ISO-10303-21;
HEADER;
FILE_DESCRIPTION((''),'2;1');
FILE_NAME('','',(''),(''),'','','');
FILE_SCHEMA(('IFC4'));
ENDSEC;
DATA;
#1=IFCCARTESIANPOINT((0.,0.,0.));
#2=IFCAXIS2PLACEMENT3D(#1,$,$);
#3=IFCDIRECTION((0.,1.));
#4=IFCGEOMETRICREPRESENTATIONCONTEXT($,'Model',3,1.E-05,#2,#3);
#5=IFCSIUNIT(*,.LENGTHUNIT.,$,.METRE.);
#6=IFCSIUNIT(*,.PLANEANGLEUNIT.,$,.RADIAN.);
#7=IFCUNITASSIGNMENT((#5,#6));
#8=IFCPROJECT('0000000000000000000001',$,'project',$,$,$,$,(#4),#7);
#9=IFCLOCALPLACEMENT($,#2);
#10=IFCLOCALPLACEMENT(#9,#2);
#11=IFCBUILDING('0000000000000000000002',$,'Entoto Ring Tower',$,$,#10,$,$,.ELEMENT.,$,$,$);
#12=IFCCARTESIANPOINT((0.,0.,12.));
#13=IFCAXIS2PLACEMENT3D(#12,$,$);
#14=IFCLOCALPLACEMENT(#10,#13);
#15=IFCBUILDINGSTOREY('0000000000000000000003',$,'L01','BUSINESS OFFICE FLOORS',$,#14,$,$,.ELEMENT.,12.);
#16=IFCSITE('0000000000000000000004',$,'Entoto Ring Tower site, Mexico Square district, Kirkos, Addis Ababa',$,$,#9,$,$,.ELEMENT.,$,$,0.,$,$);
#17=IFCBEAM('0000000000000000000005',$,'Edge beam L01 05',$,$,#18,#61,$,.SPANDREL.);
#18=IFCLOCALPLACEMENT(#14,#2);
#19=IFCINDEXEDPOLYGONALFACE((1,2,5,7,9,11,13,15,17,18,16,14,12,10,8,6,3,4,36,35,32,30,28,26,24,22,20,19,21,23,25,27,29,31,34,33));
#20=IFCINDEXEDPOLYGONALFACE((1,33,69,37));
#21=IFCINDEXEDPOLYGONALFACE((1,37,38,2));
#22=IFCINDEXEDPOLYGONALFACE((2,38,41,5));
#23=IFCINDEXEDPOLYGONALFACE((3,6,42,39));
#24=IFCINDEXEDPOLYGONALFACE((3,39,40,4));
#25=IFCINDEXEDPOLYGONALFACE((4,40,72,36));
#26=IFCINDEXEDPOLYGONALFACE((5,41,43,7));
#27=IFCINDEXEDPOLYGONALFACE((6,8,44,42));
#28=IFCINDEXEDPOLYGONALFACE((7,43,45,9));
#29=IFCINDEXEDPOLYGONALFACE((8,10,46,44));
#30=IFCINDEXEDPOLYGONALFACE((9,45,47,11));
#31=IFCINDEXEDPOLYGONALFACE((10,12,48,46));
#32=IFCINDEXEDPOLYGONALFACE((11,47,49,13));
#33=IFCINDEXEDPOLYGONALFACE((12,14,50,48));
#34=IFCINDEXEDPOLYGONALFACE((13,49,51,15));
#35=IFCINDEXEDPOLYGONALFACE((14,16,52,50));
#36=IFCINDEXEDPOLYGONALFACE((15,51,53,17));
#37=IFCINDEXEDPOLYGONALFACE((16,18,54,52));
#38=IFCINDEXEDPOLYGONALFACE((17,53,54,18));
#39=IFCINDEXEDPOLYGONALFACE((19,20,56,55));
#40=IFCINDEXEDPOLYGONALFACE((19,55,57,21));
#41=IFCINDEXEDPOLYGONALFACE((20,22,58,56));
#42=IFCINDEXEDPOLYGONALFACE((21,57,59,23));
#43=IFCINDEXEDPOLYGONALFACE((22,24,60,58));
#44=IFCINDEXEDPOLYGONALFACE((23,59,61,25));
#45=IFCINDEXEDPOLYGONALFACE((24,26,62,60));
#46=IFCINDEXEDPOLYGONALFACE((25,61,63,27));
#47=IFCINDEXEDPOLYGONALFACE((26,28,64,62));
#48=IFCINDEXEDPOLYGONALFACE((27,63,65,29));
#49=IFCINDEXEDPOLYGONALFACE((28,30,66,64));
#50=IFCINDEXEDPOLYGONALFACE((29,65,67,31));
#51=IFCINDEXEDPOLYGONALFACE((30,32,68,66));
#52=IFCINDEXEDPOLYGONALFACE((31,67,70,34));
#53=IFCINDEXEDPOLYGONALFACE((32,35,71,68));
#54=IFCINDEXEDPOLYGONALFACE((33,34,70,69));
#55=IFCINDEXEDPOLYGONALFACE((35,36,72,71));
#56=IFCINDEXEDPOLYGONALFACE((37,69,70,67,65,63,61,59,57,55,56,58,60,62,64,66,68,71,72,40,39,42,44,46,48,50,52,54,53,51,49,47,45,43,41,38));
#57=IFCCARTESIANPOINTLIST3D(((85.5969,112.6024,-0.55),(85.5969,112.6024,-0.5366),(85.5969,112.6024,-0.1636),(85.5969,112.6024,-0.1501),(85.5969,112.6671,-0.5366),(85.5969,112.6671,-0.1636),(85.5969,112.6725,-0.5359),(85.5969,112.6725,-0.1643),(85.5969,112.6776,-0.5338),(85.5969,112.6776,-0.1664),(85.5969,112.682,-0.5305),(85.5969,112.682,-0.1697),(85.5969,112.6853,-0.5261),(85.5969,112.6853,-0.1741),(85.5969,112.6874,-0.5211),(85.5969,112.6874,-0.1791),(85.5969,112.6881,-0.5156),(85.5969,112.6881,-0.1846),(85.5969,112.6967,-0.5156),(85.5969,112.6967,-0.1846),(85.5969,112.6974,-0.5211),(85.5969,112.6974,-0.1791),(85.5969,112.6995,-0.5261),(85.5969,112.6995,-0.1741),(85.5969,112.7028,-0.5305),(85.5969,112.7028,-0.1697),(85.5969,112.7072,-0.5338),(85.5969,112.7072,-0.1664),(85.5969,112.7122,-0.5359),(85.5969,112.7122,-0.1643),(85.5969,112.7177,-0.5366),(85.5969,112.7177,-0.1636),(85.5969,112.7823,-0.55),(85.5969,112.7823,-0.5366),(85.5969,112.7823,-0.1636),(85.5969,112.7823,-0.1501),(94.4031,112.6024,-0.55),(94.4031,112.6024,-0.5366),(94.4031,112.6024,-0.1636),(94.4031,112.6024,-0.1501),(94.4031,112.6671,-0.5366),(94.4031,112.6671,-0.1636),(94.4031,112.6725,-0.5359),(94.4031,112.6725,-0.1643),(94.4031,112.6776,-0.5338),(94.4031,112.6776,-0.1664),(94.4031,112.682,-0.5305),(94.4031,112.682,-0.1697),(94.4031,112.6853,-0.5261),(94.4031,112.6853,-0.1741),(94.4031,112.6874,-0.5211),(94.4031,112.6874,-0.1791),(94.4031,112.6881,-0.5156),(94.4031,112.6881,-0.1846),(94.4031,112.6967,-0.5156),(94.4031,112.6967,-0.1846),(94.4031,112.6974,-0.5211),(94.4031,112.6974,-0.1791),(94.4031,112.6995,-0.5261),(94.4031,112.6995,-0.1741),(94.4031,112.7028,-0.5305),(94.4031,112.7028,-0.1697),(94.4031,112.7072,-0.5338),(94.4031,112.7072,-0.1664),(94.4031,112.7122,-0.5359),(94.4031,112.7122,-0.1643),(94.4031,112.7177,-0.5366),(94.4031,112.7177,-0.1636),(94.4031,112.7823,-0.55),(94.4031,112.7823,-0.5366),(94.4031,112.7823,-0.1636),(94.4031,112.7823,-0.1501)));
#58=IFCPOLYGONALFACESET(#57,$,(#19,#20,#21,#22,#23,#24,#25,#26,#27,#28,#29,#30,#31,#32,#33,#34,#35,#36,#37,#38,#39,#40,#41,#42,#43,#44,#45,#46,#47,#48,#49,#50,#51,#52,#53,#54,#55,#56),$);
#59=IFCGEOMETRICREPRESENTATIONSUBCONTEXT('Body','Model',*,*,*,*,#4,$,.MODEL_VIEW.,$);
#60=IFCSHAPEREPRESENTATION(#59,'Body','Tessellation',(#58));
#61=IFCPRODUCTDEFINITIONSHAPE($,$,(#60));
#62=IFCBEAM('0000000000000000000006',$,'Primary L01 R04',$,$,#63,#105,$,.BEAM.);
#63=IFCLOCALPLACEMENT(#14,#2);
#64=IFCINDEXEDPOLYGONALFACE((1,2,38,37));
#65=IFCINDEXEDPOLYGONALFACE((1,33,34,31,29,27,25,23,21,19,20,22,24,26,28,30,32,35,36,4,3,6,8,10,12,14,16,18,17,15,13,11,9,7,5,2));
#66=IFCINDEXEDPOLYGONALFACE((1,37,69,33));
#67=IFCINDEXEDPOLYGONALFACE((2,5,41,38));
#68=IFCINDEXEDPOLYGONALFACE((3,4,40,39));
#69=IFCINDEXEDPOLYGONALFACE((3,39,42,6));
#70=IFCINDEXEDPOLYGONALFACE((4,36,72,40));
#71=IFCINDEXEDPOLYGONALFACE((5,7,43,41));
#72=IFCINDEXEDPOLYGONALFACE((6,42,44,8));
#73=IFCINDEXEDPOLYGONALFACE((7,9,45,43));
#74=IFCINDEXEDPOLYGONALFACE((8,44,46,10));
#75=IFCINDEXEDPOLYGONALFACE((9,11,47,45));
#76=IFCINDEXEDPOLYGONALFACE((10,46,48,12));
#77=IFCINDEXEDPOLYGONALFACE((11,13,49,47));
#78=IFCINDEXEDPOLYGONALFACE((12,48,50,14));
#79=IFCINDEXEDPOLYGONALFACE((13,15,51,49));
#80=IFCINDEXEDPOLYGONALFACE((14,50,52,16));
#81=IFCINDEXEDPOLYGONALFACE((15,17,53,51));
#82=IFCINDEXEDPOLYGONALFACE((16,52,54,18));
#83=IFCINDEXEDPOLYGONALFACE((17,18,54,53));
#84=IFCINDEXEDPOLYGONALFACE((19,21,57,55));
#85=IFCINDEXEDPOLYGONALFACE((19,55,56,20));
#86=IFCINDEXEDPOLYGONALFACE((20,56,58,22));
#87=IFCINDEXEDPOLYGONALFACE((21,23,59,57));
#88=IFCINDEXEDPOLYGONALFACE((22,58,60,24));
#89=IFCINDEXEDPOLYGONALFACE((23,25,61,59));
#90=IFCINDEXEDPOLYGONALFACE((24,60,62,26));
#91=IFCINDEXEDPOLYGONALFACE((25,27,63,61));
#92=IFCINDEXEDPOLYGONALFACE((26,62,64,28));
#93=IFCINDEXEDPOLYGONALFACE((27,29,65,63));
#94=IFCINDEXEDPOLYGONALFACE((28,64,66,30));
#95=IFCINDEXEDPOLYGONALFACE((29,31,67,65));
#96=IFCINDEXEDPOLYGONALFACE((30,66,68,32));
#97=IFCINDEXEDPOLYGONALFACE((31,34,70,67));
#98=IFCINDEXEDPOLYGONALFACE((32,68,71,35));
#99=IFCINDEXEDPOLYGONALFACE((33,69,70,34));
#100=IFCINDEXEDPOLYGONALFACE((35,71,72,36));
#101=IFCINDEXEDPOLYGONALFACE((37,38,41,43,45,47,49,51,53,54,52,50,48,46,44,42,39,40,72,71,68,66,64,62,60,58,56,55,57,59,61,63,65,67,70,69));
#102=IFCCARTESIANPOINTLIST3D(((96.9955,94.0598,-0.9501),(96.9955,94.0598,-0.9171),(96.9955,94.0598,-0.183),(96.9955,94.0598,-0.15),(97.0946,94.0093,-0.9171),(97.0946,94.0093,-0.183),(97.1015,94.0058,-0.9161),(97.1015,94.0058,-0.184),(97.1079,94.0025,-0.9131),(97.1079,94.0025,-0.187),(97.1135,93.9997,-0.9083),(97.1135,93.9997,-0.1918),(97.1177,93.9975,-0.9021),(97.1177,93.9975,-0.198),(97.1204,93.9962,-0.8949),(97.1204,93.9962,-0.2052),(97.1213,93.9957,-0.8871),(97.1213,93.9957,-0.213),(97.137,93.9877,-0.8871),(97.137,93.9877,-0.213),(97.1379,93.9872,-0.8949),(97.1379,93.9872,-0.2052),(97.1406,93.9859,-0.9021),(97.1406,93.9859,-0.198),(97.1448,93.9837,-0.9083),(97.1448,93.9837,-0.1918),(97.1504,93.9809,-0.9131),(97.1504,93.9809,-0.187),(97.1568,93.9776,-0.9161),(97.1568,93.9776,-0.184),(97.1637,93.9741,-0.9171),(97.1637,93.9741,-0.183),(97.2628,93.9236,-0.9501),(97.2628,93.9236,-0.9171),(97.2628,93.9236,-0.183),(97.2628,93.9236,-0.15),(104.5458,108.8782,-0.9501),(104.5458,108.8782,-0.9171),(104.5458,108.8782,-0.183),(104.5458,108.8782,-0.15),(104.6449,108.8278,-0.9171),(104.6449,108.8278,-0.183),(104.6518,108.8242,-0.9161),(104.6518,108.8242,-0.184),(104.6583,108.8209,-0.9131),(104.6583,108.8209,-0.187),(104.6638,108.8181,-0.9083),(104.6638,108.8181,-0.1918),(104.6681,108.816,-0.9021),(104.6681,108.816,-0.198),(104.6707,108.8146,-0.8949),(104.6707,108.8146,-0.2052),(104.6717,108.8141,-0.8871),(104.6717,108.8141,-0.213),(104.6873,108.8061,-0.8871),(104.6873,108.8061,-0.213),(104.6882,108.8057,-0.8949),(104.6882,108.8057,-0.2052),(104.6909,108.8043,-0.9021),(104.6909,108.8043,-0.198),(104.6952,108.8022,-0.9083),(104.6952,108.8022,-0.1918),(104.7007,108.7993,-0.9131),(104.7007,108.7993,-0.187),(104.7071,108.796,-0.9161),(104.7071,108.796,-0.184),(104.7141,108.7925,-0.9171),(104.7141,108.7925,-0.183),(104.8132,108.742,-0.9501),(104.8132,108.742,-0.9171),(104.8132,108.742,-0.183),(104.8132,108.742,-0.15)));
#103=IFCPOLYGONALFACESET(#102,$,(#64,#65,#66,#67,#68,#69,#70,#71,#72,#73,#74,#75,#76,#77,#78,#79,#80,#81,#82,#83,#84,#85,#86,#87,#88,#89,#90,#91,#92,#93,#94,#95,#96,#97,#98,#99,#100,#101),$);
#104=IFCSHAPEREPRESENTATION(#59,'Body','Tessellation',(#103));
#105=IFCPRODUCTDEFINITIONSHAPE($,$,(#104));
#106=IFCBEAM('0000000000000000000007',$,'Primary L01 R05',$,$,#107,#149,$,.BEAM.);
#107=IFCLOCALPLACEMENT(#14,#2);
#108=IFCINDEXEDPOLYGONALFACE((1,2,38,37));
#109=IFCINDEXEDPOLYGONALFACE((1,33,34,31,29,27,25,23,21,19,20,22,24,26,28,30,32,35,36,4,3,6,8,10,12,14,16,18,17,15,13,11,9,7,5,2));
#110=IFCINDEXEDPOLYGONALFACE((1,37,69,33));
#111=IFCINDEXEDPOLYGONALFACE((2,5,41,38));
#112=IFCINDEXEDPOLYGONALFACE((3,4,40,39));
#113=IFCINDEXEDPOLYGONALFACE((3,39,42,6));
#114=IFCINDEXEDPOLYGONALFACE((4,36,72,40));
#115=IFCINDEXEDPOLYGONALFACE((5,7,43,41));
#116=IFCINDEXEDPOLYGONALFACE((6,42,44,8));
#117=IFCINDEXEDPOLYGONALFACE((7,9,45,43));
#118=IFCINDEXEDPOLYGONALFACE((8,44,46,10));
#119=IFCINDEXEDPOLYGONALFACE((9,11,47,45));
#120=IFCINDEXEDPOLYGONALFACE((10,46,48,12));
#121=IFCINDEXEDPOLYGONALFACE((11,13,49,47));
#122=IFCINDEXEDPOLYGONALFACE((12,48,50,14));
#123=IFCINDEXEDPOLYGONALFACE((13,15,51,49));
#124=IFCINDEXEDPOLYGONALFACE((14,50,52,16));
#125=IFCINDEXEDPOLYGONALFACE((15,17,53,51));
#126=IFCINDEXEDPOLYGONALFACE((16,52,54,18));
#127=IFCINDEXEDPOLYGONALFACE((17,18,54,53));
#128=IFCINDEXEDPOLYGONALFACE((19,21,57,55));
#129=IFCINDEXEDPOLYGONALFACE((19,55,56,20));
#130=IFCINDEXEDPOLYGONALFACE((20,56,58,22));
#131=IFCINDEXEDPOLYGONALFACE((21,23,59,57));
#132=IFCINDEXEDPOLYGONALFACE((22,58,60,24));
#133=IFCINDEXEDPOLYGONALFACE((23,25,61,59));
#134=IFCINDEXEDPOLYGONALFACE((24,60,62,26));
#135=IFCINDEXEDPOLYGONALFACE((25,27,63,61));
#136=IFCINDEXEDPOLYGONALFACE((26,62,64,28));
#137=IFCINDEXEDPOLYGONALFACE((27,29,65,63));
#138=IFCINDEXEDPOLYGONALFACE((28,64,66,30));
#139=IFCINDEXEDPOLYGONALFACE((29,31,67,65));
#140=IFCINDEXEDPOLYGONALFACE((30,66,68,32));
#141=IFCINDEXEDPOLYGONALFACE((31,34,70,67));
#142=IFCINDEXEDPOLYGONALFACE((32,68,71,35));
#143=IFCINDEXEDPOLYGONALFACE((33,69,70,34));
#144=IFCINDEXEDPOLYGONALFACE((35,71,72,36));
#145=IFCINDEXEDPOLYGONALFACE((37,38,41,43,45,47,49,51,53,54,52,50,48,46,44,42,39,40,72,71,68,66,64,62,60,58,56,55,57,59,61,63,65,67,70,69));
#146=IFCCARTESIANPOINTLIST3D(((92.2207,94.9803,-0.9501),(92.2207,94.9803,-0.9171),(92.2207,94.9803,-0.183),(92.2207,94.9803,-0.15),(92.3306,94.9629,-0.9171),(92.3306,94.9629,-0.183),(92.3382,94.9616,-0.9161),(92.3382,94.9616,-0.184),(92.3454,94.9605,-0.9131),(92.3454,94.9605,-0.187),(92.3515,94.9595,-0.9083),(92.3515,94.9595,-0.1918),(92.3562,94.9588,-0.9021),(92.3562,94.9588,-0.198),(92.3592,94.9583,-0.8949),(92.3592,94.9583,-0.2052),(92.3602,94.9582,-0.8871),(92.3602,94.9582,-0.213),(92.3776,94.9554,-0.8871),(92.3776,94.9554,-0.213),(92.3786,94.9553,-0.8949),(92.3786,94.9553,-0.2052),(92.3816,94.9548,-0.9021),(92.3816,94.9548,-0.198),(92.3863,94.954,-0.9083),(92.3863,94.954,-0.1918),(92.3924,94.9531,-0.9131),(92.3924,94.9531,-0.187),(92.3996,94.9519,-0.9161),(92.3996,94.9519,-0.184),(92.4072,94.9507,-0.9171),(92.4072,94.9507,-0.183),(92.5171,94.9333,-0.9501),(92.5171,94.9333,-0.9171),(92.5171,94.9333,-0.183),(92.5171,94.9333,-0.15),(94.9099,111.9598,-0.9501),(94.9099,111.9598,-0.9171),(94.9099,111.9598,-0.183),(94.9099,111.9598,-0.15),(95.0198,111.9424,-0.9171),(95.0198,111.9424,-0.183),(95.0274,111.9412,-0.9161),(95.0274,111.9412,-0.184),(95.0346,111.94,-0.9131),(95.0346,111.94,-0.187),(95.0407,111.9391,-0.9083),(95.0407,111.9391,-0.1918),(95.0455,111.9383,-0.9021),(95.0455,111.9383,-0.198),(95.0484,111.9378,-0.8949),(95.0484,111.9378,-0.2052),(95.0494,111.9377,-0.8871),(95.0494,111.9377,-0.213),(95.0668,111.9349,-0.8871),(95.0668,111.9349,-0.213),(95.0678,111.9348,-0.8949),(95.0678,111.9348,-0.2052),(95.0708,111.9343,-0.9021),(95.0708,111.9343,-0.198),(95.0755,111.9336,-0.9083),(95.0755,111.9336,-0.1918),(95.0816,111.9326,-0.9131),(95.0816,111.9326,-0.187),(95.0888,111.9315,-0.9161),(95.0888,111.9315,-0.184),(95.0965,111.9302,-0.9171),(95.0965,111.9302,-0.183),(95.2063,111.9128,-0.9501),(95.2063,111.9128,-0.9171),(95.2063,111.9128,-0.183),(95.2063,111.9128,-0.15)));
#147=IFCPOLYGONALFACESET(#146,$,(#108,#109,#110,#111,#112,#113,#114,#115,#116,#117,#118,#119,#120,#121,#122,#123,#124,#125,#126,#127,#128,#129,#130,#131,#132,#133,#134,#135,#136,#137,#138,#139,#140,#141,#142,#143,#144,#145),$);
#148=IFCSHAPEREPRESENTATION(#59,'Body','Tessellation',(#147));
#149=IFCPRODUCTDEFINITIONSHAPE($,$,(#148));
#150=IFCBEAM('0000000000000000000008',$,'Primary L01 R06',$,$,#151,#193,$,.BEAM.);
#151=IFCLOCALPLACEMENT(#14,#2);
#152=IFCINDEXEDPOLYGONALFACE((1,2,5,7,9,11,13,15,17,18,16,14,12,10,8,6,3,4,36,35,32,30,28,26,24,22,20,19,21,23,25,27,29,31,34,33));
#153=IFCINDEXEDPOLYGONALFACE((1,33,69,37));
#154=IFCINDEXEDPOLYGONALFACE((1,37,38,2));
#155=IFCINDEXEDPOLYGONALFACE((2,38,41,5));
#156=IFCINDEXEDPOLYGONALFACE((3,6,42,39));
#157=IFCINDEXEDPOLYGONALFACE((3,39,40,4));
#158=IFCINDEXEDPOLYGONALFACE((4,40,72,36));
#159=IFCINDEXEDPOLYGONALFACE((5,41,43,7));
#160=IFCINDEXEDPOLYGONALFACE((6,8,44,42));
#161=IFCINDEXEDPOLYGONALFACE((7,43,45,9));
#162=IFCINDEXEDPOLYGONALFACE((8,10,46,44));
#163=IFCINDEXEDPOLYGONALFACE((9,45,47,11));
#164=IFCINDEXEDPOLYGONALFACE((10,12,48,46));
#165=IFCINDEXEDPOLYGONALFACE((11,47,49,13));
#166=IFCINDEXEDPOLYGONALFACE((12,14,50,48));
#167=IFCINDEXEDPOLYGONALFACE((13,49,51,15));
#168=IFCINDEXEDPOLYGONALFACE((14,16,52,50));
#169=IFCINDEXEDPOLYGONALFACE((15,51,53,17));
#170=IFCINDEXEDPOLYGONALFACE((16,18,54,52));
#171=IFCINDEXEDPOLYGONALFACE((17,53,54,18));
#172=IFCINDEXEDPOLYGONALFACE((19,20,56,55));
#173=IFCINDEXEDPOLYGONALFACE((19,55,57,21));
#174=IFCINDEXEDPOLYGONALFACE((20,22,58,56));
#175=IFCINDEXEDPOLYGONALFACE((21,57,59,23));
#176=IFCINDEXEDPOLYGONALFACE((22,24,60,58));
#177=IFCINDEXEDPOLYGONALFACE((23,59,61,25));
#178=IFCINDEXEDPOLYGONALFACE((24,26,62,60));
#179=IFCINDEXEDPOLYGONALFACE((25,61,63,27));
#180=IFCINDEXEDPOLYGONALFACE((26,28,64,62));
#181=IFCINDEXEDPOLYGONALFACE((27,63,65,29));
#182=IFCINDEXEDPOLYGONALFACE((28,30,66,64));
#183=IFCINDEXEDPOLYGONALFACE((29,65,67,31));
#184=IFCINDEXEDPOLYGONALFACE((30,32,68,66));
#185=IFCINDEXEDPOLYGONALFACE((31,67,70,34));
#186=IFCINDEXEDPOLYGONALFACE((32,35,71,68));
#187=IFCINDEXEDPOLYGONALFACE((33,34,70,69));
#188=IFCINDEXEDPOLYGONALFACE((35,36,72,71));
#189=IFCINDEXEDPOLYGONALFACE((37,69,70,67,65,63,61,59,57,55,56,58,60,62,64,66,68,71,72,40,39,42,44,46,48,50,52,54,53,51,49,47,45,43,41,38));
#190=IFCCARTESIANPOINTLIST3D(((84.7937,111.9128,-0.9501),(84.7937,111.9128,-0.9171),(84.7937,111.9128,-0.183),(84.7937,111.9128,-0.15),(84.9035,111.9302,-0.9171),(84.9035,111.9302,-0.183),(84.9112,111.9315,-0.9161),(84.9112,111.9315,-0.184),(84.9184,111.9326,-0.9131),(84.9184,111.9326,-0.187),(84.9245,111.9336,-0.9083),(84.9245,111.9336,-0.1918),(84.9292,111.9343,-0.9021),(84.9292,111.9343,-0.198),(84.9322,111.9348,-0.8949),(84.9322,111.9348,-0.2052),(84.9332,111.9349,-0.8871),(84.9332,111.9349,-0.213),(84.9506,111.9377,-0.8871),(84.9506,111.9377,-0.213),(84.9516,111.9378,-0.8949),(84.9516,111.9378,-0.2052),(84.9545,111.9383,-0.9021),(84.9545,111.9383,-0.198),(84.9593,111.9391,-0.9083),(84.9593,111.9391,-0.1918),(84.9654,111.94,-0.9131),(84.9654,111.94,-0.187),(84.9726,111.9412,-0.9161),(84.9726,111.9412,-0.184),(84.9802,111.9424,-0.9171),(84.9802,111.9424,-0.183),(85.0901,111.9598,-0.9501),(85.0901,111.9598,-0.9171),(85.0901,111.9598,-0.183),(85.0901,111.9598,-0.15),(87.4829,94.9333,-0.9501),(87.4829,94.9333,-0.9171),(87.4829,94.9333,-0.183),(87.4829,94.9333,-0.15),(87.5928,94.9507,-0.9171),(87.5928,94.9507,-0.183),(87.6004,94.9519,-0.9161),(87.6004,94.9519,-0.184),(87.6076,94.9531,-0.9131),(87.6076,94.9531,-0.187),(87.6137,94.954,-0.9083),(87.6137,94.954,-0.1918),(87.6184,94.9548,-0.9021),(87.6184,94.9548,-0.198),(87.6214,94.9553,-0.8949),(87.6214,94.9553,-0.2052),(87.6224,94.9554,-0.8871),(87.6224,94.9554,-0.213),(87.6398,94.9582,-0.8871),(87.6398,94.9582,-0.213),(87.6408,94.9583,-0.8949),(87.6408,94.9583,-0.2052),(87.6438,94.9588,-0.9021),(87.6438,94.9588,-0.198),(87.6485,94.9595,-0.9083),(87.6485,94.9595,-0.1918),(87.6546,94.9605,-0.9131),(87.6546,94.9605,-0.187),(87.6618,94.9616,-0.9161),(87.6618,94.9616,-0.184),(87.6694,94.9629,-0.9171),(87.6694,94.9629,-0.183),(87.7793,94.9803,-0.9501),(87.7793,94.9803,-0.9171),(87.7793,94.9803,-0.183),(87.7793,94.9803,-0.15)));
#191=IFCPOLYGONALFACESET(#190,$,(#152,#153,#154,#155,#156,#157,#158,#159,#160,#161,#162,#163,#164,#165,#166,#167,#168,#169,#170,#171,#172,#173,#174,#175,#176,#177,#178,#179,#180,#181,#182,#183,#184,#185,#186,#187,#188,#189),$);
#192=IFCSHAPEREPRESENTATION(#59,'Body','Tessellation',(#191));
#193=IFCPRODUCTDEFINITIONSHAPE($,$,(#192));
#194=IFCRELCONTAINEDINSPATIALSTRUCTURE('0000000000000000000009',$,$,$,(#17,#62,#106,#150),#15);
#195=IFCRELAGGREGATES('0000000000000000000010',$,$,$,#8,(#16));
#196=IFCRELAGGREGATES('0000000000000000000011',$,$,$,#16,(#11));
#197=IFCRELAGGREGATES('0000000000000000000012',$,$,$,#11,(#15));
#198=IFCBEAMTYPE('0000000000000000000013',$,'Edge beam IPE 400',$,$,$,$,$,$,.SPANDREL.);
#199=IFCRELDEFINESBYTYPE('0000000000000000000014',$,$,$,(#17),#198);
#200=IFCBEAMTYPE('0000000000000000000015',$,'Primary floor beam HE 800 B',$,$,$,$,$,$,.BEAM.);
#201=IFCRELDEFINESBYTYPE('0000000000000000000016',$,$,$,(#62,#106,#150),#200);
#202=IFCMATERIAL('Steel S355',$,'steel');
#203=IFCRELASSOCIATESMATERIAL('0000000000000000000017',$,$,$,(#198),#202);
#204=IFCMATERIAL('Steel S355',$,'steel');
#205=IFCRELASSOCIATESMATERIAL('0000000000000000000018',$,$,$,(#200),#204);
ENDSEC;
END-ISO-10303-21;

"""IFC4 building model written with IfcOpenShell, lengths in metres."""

from ifc_helpers import new_model, si_unit, direction, frame, origin, origin_2d, place, context, subcontext, project, spatial, i_section, extrude, material, material_profile, profile_set, type_object, element, save


model = new_model("IFC4")

# Units and contexts
model_context = context("Model", 3, precision=1e-05, world=origin(), true_north=direction((0.0, 1.0)))
body_context = subcontext(model_context, "Body", "Model", "MODEL_VIEW")
ifc_project = project(units=[si_unit("LENGTHUNIT", "METRE"), si_unit("PLANEANGLEUNIT", "RADIAN")], contexts=[model_context])

# Site, building, storey
site_placement = place(None, origin())
site = spatial("IfcSite", under=ifc_project, at=site_placement, Name="Entoto Ring Tower site, Mexico Square district, Kirkos, Addis Ababa", CompositionType="ELEMENT", RefElevation=0.0)
building_placement = place(site_placement, origin())
building = spatial("IfcBuilding", under=site, at=building_placement, Name="Entoto Ring Tower", CompositionType="ELEMENT")
storey_placement = place(building_placement, frame((0.0, 0.0, 12.0)))
storey = spatial("IfcBuildingStorey", under=building, at=storey_placement, Name="L01", Description="BUSINESS OFFICE FLOORS", CompositionType="ELEMENT", Elevation=12.0)

# Beams
ifc_material_1 = material(Name="Steel S355", Category="steel")
ifc_material_profile_1 = material_profile(ifc_material_1, i_section(OverallWidth=0.1799, OverallDepth=0.3999, WebThickness=0.0085, FlangeThickness=0.0134, FilletRadius=0.021, at=origin_2d()), Name="IPE 400")
ifc_profile_set_1 = profile_set([ifc_material_profile_1], Name="Steel S355")
beam_type_1 = type_object("IfcBeamType", Name="Edge beam IPE 400", PredefinedType="SPANDREL", material=ifc_profile_set_1)
beam_1_placement = place(storey_placement, frame((94.4031, 112.6924, -0.3501), z_axis=(-1.0, 0.0, 0.0), x_axis=(0.0, -1.0, 0.0)))
element("IfcBeam", 1, at=beam_1_placement, inside=storey, type_object=beam_type_1, Name="Edge beam L01 05", PredefinedType="SPANDREL", context=body_context, shape_type="SweptSolid", body=[
    extrude(i_section(OverallWidth=0.1799, OverallDepth=0.3999, WebThickness=0.0085, FlangeThickness=0.0134, FilletRadius=0.021, at=origin_2d()), origin(), (0.0, 0.0, 1.0), 8.8062),
])
ifc_material_2 = material(Name="Steel S355", Category="steel")
ifc_material_profile_2 = material_profile(ifc_material_2, i_section(OverallWidth=0.3, OverallDepth=0.8, WebThickness=0.0176, FlangeThickness=0.033, FilletRadius=0.03, at=origin_2d()), Name="HE 800 B")
ifc_profile_set_2 = profile_set([ifc_material_profile_2], Name="Steel S355")
beam_type_2 = type_object("IfcBeamType", Name="Primary floor beam HE 800 B", PredefinedType="BEAM", material=ifc_profile_set_2)
beam_2_placement = place(storey_placement, frame((97.1292, 93.9917, -0.55), z_axis=(0.453989, 0.891007, 0.0), x_axis=(-0.891007, 0.453989, 0.0)))
element("IfcBeam", 2, at=beam_2_placement, inside=storey, type_object=beam_type_2, Name="Primary L01 R04", PredefinedType="BEAM", context=body_context, shape_type="SweptSolid", body=[
    extrude(i_section(OverallWidth=0.3, OverallDepth=0.8, WebThickness=0.0176, FlangeThickness=0.033, FilletRadius=0.03, at=origin_2d()), origin(), (0.0, 0.0, 1.0), 16.6311),
])
for number, where, z_axis, x_axis, name in (
    (3, (92.3689, 94.9568, -0.55), (0.15643, 0.987689, 0.0), (-0.987689, 0.15643, 0.0), "Primary L01 R05"),
    (4, (87.6311, 94.9568, -0.55), (-0.15643, 0.987689, 0.0), (-0.987689, -0.15643, 0.0), "Primary L01 R06"),
):
    element("IfcBeam", number, at=place(storey_placement, frame(where, z_axis=z_axis, x_axis=x_axis)), inside=storey, type_object=beam_type_2, Name=name, PredefinedType="BEAM", context=body_context, shape_type="SweptSolid", body=[
        extrude(i_section(OverallWidth=0.3, OverallDepth=0.8, WebThickness=0.0176, FlangeThickness=0.033, FilletRadius=0.03, at=origin_2d()), origin(), (0.0, 0.0, 1.0), 17.1912),
    ])

save(model, "model.ifc")
